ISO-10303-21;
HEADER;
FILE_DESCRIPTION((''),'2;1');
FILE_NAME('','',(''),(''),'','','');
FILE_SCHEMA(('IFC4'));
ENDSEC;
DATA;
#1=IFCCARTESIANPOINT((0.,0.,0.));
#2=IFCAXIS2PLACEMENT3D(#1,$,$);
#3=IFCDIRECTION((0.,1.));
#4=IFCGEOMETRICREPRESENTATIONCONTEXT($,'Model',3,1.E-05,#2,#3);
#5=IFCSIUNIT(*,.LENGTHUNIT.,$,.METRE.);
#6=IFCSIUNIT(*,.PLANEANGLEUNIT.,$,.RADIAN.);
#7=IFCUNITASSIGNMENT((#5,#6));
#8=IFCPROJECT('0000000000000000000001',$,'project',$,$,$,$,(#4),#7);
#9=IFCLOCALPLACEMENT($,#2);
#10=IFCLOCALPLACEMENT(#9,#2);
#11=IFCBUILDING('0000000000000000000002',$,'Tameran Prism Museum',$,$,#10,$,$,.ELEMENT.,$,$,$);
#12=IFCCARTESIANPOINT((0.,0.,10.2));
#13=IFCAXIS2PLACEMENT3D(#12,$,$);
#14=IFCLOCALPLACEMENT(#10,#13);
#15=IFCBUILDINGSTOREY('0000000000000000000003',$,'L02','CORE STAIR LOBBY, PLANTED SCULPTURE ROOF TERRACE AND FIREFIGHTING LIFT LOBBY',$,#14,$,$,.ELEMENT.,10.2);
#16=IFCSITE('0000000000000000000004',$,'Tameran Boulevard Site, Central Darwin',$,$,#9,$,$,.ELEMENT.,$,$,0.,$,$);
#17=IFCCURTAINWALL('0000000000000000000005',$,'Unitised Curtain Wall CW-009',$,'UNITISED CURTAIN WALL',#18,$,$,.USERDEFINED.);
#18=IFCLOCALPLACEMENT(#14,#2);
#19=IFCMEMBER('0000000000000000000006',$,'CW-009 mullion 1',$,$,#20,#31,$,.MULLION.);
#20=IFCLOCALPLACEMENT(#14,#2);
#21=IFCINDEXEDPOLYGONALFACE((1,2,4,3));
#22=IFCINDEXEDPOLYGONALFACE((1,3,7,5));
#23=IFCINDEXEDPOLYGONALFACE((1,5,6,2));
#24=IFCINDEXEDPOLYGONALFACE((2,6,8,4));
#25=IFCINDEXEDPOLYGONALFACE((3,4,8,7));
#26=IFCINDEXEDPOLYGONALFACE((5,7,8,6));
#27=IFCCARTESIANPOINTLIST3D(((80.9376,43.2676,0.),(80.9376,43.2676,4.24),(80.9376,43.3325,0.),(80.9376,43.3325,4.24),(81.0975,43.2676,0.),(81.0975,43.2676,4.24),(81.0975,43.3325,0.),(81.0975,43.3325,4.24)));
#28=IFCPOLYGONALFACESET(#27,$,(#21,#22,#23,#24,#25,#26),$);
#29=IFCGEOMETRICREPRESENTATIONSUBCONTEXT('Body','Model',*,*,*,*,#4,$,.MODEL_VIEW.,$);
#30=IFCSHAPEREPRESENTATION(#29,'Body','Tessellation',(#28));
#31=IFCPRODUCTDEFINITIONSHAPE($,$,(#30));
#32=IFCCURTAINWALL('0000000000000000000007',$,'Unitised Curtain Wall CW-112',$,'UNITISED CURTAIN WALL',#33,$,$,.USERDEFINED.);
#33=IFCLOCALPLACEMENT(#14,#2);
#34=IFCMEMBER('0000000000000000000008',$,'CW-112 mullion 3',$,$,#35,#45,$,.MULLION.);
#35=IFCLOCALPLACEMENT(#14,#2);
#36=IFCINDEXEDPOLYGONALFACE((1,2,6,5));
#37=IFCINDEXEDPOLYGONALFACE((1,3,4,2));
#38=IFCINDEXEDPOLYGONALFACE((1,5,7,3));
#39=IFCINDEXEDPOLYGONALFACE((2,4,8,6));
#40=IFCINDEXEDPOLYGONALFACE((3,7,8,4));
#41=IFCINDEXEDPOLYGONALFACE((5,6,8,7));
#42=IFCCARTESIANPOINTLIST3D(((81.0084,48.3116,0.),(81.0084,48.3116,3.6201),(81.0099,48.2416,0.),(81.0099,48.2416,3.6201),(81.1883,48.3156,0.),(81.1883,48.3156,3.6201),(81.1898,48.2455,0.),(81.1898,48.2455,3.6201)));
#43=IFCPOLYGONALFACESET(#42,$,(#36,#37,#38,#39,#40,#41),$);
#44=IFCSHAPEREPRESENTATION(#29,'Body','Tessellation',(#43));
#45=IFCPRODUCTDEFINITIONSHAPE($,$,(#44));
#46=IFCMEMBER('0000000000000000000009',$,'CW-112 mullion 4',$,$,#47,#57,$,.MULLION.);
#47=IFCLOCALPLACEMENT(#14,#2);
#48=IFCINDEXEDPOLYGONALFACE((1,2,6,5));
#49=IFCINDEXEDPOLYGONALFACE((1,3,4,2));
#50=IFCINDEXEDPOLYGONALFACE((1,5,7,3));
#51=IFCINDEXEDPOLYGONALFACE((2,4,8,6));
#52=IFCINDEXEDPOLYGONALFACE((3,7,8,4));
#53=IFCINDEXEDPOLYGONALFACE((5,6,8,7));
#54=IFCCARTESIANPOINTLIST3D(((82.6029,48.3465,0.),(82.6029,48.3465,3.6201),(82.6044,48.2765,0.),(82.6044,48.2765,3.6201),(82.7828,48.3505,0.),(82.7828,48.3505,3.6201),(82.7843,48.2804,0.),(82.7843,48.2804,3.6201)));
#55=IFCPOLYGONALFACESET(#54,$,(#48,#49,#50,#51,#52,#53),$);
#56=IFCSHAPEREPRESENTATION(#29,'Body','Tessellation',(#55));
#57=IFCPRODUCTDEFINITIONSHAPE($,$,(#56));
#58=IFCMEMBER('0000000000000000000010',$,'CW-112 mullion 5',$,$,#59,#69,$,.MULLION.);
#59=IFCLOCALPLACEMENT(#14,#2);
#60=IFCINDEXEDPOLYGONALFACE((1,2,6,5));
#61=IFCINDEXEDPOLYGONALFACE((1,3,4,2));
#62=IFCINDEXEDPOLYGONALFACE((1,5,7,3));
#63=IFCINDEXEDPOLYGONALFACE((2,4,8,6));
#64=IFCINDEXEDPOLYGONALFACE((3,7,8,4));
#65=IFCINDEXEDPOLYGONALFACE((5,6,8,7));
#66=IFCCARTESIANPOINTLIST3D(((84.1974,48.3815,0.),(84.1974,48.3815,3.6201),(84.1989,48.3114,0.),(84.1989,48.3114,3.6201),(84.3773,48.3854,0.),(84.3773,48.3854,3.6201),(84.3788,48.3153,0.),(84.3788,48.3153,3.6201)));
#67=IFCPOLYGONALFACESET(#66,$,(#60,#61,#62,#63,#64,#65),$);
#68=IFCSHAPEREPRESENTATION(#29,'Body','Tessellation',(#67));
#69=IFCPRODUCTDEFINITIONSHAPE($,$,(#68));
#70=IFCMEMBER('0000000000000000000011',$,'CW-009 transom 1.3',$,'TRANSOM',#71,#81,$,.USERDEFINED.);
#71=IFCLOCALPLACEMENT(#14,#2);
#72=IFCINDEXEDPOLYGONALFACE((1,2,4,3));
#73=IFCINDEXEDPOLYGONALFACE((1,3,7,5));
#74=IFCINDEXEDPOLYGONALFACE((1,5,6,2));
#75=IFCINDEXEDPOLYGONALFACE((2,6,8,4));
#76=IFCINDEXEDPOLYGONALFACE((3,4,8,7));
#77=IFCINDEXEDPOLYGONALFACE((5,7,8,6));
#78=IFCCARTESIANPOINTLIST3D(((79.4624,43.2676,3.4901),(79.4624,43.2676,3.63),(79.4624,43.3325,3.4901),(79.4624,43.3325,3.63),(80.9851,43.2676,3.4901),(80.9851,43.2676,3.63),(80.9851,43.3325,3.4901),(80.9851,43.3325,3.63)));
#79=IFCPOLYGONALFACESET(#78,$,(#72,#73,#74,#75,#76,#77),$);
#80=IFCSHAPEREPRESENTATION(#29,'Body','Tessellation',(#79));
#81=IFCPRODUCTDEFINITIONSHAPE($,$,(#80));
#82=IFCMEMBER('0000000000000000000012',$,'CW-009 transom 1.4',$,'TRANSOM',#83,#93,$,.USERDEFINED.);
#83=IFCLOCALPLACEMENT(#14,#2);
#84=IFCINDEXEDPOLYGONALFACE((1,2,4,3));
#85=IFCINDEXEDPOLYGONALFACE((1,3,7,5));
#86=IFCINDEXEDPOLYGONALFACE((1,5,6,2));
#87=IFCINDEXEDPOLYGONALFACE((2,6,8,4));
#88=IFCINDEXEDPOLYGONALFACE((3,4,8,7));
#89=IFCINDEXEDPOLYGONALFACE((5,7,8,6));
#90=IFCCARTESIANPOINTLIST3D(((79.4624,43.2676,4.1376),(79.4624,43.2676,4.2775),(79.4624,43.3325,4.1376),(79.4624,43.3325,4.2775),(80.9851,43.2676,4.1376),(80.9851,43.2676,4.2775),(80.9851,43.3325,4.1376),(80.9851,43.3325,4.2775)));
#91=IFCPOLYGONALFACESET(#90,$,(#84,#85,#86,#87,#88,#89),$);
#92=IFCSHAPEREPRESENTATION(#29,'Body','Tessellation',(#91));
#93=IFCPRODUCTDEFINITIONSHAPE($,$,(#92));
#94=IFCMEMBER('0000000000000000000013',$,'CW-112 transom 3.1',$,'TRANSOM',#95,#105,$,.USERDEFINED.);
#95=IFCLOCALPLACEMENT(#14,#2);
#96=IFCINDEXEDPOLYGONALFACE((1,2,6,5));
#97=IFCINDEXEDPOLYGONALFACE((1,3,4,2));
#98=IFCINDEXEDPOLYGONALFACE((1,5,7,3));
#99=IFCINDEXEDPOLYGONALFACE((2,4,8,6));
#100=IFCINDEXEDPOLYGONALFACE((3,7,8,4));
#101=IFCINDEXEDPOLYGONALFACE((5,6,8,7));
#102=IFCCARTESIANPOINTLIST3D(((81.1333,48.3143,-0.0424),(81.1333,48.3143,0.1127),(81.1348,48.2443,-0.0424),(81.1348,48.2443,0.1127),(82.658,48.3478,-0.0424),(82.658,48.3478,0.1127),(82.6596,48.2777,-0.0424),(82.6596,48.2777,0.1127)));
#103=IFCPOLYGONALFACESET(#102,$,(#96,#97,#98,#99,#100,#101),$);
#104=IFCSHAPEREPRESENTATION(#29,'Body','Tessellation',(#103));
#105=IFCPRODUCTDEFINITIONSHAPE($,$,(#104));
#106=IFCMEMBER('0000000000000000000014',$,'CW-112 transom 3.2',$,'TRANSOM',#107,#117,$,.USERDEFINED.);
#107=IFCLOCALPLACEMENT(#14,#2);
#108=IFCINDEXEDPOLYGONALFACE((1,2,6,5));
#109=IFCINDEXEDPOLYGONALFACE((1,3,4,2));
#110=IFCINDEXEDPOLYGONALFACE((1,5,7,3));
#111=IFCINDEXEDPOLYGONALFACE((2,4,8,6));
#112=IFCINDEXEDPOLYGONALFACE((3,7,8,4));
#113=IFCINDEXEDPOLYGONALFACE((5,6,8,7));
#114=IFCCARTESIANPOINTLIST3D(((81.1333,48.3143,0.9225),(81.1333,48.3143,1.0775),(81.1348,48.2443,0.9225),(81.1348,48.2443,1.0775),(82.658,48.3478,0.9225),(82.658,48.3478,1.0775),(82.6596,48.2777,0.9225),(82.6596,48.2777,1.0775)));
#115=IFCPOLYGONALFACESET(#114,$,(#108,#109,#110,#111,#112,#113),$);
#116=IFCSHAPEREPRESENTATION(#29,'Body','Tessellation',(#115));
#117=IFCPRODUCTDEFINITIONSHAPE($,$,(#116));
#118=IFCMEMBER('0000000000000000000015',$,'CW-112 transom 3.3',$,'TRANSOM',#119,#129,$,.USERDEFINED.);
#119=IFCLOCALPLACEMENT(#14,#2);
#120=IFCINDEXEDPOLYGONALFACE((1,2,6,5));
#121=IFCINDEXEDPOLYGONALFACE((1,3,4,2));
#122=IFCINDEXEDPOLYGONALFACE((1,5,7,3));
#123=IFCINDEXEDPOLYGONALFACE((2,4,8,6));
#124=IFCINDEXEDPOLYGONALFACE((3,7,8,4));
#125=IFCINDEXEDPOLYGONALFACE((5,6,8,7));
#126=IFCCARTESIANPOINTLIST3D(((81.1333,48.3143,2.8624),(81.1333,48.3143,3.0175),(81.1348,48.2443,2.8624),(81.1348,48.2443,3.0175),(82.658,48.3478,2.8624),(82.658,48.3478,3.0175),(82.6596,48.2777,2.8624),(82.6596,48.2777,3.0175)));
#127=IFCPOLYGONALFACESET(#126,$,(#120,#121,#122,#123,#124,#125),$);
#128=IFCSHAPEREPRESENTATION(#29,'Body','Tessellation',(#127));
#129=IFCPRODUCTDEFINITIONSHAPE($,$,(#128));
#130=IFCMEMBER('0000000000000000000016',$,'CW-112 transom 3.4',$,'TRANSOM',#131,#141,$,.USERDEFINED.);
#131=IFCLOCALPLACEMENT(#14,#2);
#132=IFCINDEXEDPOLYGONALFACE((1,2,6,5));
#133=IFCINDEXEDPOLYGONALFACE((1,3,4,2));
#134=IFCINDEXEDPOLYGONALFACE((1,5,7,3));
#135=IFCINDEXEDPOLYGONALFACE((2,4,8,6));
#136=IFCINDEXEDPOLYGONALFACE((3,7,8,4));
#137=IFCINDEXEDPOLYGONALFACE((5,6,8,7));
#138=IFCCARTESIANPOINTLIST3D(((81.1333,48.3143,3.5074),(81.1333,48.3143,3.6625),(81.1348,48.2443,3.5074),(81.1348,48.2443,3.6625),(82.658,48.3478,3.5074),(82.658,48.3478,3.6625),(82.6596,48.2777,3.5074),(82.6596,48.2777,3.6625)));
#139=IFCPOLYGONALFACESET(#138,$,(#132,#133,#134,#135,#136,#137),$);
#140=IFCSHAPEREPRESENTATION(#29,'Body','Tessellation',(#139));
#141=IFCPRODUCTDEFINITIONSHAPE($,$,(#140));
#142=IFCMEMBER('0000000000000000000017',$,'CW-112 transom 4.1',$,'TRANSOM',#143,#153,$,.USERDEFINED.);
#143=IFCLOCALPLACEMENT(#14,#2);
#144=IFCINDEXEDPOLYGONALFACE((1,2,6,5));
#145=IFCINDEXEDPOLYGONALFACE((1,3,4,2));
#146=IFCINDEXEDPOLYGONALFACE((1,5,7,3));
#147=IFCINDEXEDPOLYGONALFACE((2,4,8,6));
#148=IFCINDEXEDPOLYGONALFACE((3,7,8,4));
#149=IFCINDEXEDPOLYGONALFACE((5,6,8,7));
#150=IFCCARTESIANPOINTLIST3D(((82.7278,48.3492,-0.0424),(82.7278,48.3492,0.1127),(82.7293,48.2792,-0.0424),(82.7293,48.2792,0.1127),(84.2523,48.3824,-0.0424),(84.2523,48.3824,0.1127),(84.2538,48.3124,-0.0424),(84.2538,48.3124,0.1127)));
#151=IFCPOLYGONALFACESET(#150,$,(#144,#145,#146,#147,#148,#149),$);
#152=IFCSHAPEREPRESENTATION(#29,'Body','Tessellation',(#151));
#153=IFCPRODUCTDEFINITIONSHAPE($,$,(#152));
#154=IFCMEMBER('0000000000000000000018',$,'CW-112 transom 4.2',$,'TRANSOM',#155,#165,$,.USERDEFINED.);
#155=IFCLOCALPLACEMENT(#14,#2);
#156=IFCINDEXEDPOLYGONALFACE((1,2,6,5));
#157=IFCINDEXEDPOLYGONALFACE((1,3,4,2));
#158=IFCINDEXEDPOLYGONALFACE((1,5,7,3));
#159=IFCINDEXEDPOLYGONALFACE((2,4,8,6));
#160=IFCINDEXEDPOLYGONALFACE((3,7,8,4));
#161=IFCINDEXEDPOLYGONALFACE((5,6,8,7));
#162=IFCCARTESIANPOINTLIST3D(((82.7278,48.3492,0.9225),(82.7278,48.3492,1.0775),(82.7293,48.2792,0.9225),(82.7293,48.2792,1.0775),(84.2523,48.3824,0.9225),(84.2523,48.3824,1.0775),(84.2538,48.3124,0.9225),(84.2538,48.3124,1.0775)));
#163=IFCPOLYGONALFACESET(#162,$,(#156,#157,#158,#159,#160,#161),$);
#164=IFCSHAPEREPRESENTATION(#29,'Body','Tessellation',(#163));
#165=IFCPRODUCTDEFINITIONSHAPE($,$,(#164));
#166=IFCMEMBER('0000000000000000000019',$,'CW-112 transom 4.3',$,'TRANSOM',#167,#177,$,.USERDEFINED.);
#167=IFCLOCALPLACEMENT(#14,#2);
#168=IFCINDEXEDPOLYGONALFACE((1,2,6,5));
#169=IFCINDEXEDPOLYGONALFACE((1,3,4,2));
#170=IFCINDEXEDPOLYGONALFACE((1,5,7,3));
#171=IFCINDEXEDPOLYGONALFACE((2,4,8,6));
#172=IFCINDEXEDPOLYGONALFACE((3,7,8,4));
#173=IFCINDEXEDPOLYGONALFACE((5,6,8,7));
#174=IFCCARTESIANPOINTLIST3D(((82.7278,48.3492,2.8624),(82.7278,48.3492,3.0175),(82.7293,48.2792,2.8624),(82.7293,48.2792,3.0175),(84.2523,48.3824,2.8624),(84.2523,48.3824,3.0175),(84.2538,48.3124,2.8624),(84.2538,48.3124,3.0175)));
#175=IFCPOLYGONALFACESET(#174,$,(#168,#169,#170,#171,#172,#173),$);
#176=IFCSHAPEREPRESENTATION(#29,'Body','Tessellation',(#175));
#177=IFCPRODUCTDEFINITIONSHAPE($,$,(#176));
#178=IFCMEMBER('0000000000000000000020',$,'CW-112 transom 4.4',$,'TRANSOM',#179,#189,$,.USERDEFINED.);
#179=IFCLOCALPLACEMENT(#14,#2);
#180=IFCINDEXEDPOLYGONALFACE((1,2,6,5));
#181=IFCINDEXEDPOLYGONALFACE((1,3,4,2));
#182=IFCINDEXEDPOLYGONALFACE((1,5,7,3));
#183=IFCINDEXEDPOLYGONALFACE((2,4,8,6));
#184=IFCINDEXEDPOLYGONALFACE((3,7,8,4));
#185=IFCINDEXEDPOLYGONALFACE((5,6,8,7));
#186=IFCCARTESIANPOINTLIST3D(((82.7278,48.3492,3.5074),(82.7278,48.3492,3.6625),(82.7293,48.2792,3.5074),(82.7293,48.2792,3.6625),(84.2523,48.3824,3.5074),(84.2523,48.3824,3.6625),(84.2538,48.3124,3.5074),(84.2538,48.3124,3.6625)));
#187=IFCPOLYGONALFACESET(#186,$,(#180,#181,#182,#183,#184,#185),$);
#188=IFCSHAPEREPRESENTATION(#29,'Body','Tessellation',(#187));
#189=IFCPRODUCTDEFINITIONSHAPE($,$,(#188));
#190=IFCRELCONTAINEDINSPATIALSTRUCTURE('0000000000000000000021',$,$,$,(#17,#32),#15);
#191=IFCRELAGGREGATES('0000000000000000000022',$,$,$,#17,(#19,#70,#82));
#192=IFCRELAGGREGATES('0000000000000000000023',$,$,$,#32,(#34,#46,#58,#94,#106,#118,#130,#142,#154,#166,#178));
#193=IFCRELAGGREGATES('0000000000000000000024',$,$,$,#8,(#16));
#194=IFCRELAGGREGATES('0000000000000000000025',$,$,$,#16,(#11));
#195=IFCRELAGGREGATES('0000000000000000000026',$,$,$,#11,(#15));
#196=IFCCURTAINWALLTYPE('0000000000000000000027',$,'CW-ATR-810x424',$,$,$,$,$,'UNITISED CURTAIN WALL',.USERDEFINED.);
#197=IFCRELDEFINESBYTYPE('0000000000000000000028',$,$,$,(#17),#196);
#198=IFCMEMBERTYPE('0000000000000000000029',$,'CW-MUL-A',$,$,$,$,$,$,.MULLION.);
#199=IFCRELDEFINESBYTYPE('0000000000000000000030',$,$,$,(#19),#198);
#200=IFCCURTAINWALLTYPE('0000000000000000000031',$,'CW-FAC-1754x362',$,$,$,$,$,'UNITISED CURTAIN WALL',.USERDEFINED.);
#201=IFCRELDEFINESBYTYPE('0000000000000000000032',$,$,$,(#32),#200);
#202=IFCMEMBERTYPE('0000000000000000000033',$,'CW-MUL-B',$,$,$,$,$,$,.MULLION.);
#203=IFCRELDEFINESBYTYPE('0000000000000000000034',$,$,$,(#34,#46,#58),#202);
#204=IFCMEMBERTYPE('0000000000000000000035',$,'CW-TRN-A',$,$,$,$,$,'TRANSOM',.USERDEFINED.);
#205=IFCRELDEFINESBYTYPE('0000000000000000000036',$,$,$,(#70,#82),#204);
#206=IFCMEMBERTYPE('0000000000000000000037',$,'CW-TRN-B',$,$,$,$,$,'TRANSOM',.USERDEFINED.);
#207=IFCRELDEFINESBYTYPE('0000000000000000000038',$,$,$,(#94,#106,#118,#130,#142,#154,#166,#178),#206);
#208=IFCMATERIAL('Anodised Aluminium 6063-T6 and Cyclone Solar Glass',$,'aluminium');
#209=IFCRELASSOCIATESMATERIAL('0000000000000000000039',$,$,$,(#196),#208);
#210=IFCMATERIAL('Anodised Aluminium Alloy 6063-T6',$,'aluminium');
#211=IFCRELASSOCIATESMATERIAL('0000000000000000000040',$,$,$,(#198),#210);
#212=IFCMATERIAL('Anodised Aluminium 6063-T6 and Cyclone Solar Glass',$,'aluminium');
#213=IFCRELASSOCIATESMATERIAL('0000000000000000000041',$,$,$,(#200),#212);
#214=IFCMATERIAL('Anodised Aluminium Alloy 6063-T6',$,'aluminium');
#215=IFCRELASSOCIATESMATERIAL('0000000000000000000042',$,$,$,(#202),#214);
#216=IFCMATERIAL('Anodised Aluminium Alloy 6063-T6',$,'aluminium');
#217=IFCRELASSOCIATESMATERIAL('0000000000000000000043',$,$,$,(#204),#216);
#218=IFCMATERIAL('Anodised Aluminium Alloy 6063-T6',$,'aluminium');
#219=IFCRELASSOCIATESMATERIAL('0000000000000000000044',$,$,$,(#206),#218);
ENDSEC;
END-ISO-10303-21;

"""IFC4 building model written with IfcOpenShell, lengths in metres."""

from ifc_helpers import new_model, si_unit, direction, frame, origin, origin_2d, place, context, subcontext, project, spatial, rectangle, extrude, material, material_profile, profile_set, type_object, element, aggregate, save


model = new_model("IFC4")

# Units and contexts
model_context = context("Model", 3, precision=1e-05, world=origin(), true_north=direction((0.0, 1.0)))
body_context = subcontext(model_context, "Body", "Model", "MODEL_VIEW")
ifc_project = project(units=[si_unit("LENGTHUNIT", "METRE"), si_unit("PLANEANGLEUNIT", "RADIAN")], contexts=[model_context])

# Site, building, storey
site_placement = place(None, origin())
site = spatial("IfcSite", under=ifc_project, at=site_placement, Name="Tameran Boulevard Site, Central Darwin", CompositionType="ELEMENT", RefElevation=0.0)
building_placement = place(site_placement, origin())
building = spatial("IfcBuilding", under=site, at=building_placement, Name="Tameran Prism Museum", CompositionType="ELEMENT")
storey_placement = place(building_placement, frame((0.0, 0.0, 10.2)))
storey = spatial("IfcBuildingStorey", under=building, at=storey_placement, Name="L02", Description="CORE STAIR LOBBY, PLANTED SCULPTURE ROOF TERRACE AND FIREFIGHTING LIFT LOBBY", CompositionType="ELEMENT", Elevation=10.2)

# Curtain wall, member
ifc_material_1 = material(Name="Anodised Aluminium 6063-T6 and Cyclone Solar Glass", Category="aluminium")
curtain_wall_type_1 = type_object("IfcCurtainWallType", Name="CW-ATR-810x424", ElementType="UNITISED CURTAIN WALL", PredefinedType="USERDEFINED", material=ifc_material_1)
curtain_wall_1_placement = place(storey_placement, origin())
curtain_wall_1 = element("IfcCurtainWall", 1, at=curtain_wall_1_placement, inside=storey, type_object=curtain_wall_type_1, Name="Unitised Curtain Wall CW-009", ObjectType="UNITISED CURTAIN WALL", PredefinedType="USERDEFINED")
ifc_material_2 = material(Name="Anodised Aluminium Alloy 6063-T6", Category="aluminium")
ifc_material_profile_1 = material_profile(ifc_material_2, rectangle(XDim=0.0649, YDim=0.1599, at=origin_2d()))
ifc_profile_set_1 = profile_set([ifc_material_profile_1])
member_type_1 = type_object("IfcMemberType", Name="CW-MUL-A", PredefinedType="MULLION", material=ifc_profile_set_1)
member_1_placement = place(storey_placement, frame((81.0176, 43.3, 0.0), z_axis=(0.0, 0.0, 1.0), x_axis=(0.0, -1.0, 0.0)))
member_1 = element("IfcMember", 2, at=member_1_placement, type_object=member_type_1, Name="CW-009 mullion 1", PredefinedType="MULLION", context=body_context, shape_type="SweptSolid", body=[
    extrude(rectangle(XDim=0.0649, YDim=0.1599, at=origin_2d()), origin(), (0.0, 0.0, 1.0), 4.24),
])

# Curtain wall, members
ifc_material_3 = material(Name="Anodised Aluminium 6063-T6 and Cyclone Solar Glass", Category="aluminium")
curtain_wall_type_2 = type_object("IfcCurtainWallType", Name="CW-FAC-1754x362", ElementType="UNITISED CURTAIN WALL", PredefinedType="USERDEFINED", material=ifc_material_3)
curtain_wall_2_placement = place(storey_placement, origin())
curtain_wall_2 = element("IfcCurtainWall", 3, at=curtain_wall_2_placement, inside=storey, type_object=curtain_wall_type_2, Name="Unitised Curtain Wall CW-112", ObjectType="UNITISED CURTAIN WALL", PredefinedType="USERDEFINED")
ifc_material_4 = material(Name="Anodised Aluminium Alloy 6063-T6", Category="aluminium")
ifc_material_profile_2 = material_profile(ifc_material_4, rectangle(XDim=0.0701, YDim=0.1799, at=origin_2d()))
ifc_profile_set_2 = profile_set([ifc_material_profile_2])
member_type_2 = type_object("IfcMemberType", Name="CW-MUL-B", PredefinedType="MULLION", material=ifc_profile_set_2)
member_2_placement = place(storey_placement, frame((81.0991, 48.2786, 0.0), z_axis=(0.0, 0.0, 1.0), x_axis=(-0.021831, 0.999762, 0.0)))
member_2 = element("IfcMember", 4, at=member_2_placement, type_object=member_type_2, Name="CW-112 mullion 3", PredefinedType="MULLION", context=body_context, shape_type="SweptSolid", body=[
    extrude(rectangle(XDim=0.0701, YDim=0.1799, at=origin_2d()), origin(), (0.0, 0.0, 1.0), 3.6201),
])
member_3_placement = place(storey_placement, frame((82.6936, 48.3135, 0.0), z_axis=(0.0, 0.0, 1.0), x_axis=(-0.021831, 0.999762, 0.0)))
member_3 = element("IfcMember", 5, at=member_3_placement, type_object=member_type_2, Name="CW-112 mullion 4", PredefinedType="MULLION", context=body_context, shape_type="SweptSolid", body=[
    extrude(rectangle(XDim=0.0701, YDim=0.1799, at=origin_2d()), origin(), (0.0, 0.0, 1.0), 3.6201),
])
member_4_placement = place(storey_placement, frame((84.2881, 48.3484, 0.0), z_axis=(0.0, 0.0, 1.0), x_axis=(-0.021831, 0.999762, 0.0)))
member_4 = element("IfcMember", 6, at=member_4_placement, type_object=member_type_2, Name="CW-112 mullion 5", PredefinedType="MULLION", context=body_context, shape_type="SweptSolid", body=[
    extrude(rectangle(XDim=0.0701, YDim=0.1799, at=origin_2d()), origin(), (0.0, 0.0, 1.0), 3.6201),
])

# Members
ifc_material_5 = material(Name="Anodised Aluminium Alloy 6063-T6", Category="aluminium")
ifc_material_profile_3 = material_profile(ifc_material_5, rectangle(XDim=0.0649, YDim=0.1399, at=origin_2d()))
ifc_profile_set_3 = profile_set([ifc_material_profile_3])
member_type_3 = type_object("IfcMemberType", Name="CW-TRN-A", ElementType="TRANSOM", PredefinedType="USERDEFINED", material=ifc_profile_set_3)
member_5_placement = place(storey_placement, frame((80.9851, 43.3, 3.5601), z_axis=(-1.0, 0.0, 0.0), x_axis=(0.0, -1.0, 0.0)))
member_5 = element("IfcMember", 7, at=member_5_placement, type_object=member_type_3, Name="CW-009 transom 1.3", ObjectType="TRANSOM", PredefinedType="USERDEFINED", context=body_context, shape_type="SweptSolid", body=[
    extrude(rectangle(XDim=0.0649, YDim=0.1399, at=origin_2d()), origin(), (0.0, 0.0, 1.0), 1.5227),
])
member_6_placement = place(storey_placement, frame((80.9851, 43.3, 4.2075), z_axis=(-1.0, 0.0, 0.0), x_axis=(0.0, -1.0, 0.0)))
member_6 = element("IfcMember", 8, at=member_6_placement, type_object=member_type_3, Name="CW-009 transom 1.4", ObjectType="TRANSOM", PredefinedType="USERDEFINED", context=body_context, shape_type="SweptSolid", body=[
    extrude(rectangle(XDim=0.0649, YDim=0.1399, at=origin_2d()), origin(), (0.0, 0.0, 1.0), 1.5227),
])
aggregate(curtain_wall_1, [member_1, member_5, member_6])
ifc_material_6 = material(Name="Anodised Aluminium Alloy 6063-T6", Category="aluminium")
ifc_material_profile_4 = material_profile(ifc_material_6, rectangle(XDim=0.0701, YDim=0.155, at=origin_2d()))
ifc_profile_set_4 = profile_set([ifc_material_profile_4])
member_type_4 = type_object("IfcMemberType", Name="CW-TRN-B", ElementType="TRANSOM", PredefinedType="USERDEFINED", material=ifc_profile_set_4)
member_7_placement = place(storey_placement, frame((81.134, 48.2793, 0.0352), z_axis=(0.999759, 0.021932, 0.0), x_axis=(-0.021932, 0.999759, 0.0)))
member_7 = element("IfcMember", 9, at=member_7_placement, type_object=member_type_4, Name="CW-112 transom 3.1", ObjectType="TRANSOM", PredefinedType="USERDEFINED", context=body_context, shape_type="SweptSolid", body=[
    extrude(rectangle(XDim=0.0701, YDim=0.155, at=origin_2d()), origin(), (0.0, 0.0, 1.0), 1.5251),
])
member_8_placement = place(storey_placement, frame((81.134, 48.2793, 1.0), z_axis=(0.999759, 0.021932, 0.0), x_axis=(-0.021932, 0.999759, 0.0)))
member_8 = element("IfcMember", 10, at=member_8_placement, type_object=member_type_4, Name="CW-112 transom 3.2", ObjectType="TRANSOM", PredefinedType="USERDEFINED", context=body_context, shape_type="SweptSolid", body=[
    extrude(rectangle(XDim=0.0701, YDim=0.155, at=origin_2d()), origin(), (0.0, 0.0, 1.0), 1.5251),
])
member_9_placement = place(storey_placement, frame((81.134, 48.2793, 2.9399), z_axis=(0.999759, 0.021932, 0.0), x_axis=(-0.021932, 0.999759, 0.0)))
member_9 = element("IfcMember", 11, at=member_9_placement, type_object=member_type_4, Name="CW-112 transom 3.3", ObjectType="TRANSOM", PredefinedType="USERDEFINED", context=body_context, shape_type="SweptSolid", body=[
    extrude(rectangle(XDim=0.0701, YDim=0.155, at=origin_2d()), origin(), (0.0, 0.0, 1.0), 1.5251),
])
member_10_placement = place(storey_placement, frame((81.134, 48.2793, 3.585), z_axis=(0.999759, 0.021932, 0.0), x_axis=(-0.021932, 0.999759, 0.0)))
member_10 = element("IfcMember", 12, at=member_10_placement, type_object=member_type_4, Name="CW-112 transom 3.4", ObjectType="TRANSOM", PredefinedType="USERDEFINED", context=body_context, shape_type="SweptSolid", body=[
    extrude(rectangle(XDim=0.0701, YDim=0.155, at=origin_2d()), origin(), (0.0, 0.0, 1.0), 1.5251),
])
member_11_placement = place(storey_placement, frame((82.7285, 48.3142, 0.0352), z_axis=(0.999763, 0.021772, 0.0), x_axis=(-0.021772, 0.999763, 0.0)))
member_11 = element("IfcMember", 13, at=member_11_placement, type_object=member_type_4, Name="CW-112 transom 4.1", ObjectType="TRANSOM", PredefinedType="USERDEFINED", context=body_context, shape_type="SweptSolid", body=[
    extrude(rectangle(XDim=0.0701, YDim=0.155, at=origin_2d()), origin(), (0.0, 0.0, 1.0), 1.5249),
])
member_12_placement = place(storey_placement, frame((82.7285, 48.3142, 1.0), z_axis=(0.999763, 0.021772, 0.0), x_axis=(-0.021772, 0.999763, 0.0)))
member_12 = element("IfcMember", 14, at=member_12_placement, type_object=member_type_4, Name="CW-112 transom 4.2", ObjectType="TRANSOM", PredefinedType="USERDEFINED", context=body_context, shape_type="SweptSolid", body=[
    extrude(rectangle(XDim=0.0701, YDim=0.155, at=origin_2d()), origin(), (0.0, 0.0, 1.0), 1.5249),
])
member_13_placement = place(storey_placement, frame((82.7285, 48.3142, 2.9399), z_axis=(0.999763, 0.021772, 0.0), x_axis=(-0.021772, 0.999763, 0.0)))
member_13 = element("IfcMember", 15, at=member_13_placement, type_object=member_type_4, Name="CW-112 transom 4.3", ObjectType="TRANSOM", PredefinedType="USERDEFINED", context=body_context, shape_type="SweptSolid", body=[
    extrude(rectangle(XDim=0.0701, YDim=0.155, at=origin_2d()), origin(), (0.0, 0.0, 1.0), 1.5249),
])
member_14_placement = place(storey_placement, frame((82.7285, 48.3142, 3.585), z_axis=(0.999763, 0.021772, 0.0), x_axis=(-0.021772, 0.999763, 0.0)))
member_14 = element("IfcMember", 16, at=member_14_placement, type_object=member_type_4, Name="CW-112 transom 4.4", ObjectType="TRANSOM", PredefinedType="USERDEFINED", context=body_context, shape_type="SweptSolid", body=[
    extrude(rectangle(XDim=0.0701, YDim=0.155, at=origin_2d()), origin(), (0.0, 0.0, 1.0), 1.5249),
])

aggregate(curtain_wall_2, [member_2, member_3, member_4, member_7, member_8, member_9, member_10, member_11, member_12, member_13, member_14])

save(model, "model.ifc")
